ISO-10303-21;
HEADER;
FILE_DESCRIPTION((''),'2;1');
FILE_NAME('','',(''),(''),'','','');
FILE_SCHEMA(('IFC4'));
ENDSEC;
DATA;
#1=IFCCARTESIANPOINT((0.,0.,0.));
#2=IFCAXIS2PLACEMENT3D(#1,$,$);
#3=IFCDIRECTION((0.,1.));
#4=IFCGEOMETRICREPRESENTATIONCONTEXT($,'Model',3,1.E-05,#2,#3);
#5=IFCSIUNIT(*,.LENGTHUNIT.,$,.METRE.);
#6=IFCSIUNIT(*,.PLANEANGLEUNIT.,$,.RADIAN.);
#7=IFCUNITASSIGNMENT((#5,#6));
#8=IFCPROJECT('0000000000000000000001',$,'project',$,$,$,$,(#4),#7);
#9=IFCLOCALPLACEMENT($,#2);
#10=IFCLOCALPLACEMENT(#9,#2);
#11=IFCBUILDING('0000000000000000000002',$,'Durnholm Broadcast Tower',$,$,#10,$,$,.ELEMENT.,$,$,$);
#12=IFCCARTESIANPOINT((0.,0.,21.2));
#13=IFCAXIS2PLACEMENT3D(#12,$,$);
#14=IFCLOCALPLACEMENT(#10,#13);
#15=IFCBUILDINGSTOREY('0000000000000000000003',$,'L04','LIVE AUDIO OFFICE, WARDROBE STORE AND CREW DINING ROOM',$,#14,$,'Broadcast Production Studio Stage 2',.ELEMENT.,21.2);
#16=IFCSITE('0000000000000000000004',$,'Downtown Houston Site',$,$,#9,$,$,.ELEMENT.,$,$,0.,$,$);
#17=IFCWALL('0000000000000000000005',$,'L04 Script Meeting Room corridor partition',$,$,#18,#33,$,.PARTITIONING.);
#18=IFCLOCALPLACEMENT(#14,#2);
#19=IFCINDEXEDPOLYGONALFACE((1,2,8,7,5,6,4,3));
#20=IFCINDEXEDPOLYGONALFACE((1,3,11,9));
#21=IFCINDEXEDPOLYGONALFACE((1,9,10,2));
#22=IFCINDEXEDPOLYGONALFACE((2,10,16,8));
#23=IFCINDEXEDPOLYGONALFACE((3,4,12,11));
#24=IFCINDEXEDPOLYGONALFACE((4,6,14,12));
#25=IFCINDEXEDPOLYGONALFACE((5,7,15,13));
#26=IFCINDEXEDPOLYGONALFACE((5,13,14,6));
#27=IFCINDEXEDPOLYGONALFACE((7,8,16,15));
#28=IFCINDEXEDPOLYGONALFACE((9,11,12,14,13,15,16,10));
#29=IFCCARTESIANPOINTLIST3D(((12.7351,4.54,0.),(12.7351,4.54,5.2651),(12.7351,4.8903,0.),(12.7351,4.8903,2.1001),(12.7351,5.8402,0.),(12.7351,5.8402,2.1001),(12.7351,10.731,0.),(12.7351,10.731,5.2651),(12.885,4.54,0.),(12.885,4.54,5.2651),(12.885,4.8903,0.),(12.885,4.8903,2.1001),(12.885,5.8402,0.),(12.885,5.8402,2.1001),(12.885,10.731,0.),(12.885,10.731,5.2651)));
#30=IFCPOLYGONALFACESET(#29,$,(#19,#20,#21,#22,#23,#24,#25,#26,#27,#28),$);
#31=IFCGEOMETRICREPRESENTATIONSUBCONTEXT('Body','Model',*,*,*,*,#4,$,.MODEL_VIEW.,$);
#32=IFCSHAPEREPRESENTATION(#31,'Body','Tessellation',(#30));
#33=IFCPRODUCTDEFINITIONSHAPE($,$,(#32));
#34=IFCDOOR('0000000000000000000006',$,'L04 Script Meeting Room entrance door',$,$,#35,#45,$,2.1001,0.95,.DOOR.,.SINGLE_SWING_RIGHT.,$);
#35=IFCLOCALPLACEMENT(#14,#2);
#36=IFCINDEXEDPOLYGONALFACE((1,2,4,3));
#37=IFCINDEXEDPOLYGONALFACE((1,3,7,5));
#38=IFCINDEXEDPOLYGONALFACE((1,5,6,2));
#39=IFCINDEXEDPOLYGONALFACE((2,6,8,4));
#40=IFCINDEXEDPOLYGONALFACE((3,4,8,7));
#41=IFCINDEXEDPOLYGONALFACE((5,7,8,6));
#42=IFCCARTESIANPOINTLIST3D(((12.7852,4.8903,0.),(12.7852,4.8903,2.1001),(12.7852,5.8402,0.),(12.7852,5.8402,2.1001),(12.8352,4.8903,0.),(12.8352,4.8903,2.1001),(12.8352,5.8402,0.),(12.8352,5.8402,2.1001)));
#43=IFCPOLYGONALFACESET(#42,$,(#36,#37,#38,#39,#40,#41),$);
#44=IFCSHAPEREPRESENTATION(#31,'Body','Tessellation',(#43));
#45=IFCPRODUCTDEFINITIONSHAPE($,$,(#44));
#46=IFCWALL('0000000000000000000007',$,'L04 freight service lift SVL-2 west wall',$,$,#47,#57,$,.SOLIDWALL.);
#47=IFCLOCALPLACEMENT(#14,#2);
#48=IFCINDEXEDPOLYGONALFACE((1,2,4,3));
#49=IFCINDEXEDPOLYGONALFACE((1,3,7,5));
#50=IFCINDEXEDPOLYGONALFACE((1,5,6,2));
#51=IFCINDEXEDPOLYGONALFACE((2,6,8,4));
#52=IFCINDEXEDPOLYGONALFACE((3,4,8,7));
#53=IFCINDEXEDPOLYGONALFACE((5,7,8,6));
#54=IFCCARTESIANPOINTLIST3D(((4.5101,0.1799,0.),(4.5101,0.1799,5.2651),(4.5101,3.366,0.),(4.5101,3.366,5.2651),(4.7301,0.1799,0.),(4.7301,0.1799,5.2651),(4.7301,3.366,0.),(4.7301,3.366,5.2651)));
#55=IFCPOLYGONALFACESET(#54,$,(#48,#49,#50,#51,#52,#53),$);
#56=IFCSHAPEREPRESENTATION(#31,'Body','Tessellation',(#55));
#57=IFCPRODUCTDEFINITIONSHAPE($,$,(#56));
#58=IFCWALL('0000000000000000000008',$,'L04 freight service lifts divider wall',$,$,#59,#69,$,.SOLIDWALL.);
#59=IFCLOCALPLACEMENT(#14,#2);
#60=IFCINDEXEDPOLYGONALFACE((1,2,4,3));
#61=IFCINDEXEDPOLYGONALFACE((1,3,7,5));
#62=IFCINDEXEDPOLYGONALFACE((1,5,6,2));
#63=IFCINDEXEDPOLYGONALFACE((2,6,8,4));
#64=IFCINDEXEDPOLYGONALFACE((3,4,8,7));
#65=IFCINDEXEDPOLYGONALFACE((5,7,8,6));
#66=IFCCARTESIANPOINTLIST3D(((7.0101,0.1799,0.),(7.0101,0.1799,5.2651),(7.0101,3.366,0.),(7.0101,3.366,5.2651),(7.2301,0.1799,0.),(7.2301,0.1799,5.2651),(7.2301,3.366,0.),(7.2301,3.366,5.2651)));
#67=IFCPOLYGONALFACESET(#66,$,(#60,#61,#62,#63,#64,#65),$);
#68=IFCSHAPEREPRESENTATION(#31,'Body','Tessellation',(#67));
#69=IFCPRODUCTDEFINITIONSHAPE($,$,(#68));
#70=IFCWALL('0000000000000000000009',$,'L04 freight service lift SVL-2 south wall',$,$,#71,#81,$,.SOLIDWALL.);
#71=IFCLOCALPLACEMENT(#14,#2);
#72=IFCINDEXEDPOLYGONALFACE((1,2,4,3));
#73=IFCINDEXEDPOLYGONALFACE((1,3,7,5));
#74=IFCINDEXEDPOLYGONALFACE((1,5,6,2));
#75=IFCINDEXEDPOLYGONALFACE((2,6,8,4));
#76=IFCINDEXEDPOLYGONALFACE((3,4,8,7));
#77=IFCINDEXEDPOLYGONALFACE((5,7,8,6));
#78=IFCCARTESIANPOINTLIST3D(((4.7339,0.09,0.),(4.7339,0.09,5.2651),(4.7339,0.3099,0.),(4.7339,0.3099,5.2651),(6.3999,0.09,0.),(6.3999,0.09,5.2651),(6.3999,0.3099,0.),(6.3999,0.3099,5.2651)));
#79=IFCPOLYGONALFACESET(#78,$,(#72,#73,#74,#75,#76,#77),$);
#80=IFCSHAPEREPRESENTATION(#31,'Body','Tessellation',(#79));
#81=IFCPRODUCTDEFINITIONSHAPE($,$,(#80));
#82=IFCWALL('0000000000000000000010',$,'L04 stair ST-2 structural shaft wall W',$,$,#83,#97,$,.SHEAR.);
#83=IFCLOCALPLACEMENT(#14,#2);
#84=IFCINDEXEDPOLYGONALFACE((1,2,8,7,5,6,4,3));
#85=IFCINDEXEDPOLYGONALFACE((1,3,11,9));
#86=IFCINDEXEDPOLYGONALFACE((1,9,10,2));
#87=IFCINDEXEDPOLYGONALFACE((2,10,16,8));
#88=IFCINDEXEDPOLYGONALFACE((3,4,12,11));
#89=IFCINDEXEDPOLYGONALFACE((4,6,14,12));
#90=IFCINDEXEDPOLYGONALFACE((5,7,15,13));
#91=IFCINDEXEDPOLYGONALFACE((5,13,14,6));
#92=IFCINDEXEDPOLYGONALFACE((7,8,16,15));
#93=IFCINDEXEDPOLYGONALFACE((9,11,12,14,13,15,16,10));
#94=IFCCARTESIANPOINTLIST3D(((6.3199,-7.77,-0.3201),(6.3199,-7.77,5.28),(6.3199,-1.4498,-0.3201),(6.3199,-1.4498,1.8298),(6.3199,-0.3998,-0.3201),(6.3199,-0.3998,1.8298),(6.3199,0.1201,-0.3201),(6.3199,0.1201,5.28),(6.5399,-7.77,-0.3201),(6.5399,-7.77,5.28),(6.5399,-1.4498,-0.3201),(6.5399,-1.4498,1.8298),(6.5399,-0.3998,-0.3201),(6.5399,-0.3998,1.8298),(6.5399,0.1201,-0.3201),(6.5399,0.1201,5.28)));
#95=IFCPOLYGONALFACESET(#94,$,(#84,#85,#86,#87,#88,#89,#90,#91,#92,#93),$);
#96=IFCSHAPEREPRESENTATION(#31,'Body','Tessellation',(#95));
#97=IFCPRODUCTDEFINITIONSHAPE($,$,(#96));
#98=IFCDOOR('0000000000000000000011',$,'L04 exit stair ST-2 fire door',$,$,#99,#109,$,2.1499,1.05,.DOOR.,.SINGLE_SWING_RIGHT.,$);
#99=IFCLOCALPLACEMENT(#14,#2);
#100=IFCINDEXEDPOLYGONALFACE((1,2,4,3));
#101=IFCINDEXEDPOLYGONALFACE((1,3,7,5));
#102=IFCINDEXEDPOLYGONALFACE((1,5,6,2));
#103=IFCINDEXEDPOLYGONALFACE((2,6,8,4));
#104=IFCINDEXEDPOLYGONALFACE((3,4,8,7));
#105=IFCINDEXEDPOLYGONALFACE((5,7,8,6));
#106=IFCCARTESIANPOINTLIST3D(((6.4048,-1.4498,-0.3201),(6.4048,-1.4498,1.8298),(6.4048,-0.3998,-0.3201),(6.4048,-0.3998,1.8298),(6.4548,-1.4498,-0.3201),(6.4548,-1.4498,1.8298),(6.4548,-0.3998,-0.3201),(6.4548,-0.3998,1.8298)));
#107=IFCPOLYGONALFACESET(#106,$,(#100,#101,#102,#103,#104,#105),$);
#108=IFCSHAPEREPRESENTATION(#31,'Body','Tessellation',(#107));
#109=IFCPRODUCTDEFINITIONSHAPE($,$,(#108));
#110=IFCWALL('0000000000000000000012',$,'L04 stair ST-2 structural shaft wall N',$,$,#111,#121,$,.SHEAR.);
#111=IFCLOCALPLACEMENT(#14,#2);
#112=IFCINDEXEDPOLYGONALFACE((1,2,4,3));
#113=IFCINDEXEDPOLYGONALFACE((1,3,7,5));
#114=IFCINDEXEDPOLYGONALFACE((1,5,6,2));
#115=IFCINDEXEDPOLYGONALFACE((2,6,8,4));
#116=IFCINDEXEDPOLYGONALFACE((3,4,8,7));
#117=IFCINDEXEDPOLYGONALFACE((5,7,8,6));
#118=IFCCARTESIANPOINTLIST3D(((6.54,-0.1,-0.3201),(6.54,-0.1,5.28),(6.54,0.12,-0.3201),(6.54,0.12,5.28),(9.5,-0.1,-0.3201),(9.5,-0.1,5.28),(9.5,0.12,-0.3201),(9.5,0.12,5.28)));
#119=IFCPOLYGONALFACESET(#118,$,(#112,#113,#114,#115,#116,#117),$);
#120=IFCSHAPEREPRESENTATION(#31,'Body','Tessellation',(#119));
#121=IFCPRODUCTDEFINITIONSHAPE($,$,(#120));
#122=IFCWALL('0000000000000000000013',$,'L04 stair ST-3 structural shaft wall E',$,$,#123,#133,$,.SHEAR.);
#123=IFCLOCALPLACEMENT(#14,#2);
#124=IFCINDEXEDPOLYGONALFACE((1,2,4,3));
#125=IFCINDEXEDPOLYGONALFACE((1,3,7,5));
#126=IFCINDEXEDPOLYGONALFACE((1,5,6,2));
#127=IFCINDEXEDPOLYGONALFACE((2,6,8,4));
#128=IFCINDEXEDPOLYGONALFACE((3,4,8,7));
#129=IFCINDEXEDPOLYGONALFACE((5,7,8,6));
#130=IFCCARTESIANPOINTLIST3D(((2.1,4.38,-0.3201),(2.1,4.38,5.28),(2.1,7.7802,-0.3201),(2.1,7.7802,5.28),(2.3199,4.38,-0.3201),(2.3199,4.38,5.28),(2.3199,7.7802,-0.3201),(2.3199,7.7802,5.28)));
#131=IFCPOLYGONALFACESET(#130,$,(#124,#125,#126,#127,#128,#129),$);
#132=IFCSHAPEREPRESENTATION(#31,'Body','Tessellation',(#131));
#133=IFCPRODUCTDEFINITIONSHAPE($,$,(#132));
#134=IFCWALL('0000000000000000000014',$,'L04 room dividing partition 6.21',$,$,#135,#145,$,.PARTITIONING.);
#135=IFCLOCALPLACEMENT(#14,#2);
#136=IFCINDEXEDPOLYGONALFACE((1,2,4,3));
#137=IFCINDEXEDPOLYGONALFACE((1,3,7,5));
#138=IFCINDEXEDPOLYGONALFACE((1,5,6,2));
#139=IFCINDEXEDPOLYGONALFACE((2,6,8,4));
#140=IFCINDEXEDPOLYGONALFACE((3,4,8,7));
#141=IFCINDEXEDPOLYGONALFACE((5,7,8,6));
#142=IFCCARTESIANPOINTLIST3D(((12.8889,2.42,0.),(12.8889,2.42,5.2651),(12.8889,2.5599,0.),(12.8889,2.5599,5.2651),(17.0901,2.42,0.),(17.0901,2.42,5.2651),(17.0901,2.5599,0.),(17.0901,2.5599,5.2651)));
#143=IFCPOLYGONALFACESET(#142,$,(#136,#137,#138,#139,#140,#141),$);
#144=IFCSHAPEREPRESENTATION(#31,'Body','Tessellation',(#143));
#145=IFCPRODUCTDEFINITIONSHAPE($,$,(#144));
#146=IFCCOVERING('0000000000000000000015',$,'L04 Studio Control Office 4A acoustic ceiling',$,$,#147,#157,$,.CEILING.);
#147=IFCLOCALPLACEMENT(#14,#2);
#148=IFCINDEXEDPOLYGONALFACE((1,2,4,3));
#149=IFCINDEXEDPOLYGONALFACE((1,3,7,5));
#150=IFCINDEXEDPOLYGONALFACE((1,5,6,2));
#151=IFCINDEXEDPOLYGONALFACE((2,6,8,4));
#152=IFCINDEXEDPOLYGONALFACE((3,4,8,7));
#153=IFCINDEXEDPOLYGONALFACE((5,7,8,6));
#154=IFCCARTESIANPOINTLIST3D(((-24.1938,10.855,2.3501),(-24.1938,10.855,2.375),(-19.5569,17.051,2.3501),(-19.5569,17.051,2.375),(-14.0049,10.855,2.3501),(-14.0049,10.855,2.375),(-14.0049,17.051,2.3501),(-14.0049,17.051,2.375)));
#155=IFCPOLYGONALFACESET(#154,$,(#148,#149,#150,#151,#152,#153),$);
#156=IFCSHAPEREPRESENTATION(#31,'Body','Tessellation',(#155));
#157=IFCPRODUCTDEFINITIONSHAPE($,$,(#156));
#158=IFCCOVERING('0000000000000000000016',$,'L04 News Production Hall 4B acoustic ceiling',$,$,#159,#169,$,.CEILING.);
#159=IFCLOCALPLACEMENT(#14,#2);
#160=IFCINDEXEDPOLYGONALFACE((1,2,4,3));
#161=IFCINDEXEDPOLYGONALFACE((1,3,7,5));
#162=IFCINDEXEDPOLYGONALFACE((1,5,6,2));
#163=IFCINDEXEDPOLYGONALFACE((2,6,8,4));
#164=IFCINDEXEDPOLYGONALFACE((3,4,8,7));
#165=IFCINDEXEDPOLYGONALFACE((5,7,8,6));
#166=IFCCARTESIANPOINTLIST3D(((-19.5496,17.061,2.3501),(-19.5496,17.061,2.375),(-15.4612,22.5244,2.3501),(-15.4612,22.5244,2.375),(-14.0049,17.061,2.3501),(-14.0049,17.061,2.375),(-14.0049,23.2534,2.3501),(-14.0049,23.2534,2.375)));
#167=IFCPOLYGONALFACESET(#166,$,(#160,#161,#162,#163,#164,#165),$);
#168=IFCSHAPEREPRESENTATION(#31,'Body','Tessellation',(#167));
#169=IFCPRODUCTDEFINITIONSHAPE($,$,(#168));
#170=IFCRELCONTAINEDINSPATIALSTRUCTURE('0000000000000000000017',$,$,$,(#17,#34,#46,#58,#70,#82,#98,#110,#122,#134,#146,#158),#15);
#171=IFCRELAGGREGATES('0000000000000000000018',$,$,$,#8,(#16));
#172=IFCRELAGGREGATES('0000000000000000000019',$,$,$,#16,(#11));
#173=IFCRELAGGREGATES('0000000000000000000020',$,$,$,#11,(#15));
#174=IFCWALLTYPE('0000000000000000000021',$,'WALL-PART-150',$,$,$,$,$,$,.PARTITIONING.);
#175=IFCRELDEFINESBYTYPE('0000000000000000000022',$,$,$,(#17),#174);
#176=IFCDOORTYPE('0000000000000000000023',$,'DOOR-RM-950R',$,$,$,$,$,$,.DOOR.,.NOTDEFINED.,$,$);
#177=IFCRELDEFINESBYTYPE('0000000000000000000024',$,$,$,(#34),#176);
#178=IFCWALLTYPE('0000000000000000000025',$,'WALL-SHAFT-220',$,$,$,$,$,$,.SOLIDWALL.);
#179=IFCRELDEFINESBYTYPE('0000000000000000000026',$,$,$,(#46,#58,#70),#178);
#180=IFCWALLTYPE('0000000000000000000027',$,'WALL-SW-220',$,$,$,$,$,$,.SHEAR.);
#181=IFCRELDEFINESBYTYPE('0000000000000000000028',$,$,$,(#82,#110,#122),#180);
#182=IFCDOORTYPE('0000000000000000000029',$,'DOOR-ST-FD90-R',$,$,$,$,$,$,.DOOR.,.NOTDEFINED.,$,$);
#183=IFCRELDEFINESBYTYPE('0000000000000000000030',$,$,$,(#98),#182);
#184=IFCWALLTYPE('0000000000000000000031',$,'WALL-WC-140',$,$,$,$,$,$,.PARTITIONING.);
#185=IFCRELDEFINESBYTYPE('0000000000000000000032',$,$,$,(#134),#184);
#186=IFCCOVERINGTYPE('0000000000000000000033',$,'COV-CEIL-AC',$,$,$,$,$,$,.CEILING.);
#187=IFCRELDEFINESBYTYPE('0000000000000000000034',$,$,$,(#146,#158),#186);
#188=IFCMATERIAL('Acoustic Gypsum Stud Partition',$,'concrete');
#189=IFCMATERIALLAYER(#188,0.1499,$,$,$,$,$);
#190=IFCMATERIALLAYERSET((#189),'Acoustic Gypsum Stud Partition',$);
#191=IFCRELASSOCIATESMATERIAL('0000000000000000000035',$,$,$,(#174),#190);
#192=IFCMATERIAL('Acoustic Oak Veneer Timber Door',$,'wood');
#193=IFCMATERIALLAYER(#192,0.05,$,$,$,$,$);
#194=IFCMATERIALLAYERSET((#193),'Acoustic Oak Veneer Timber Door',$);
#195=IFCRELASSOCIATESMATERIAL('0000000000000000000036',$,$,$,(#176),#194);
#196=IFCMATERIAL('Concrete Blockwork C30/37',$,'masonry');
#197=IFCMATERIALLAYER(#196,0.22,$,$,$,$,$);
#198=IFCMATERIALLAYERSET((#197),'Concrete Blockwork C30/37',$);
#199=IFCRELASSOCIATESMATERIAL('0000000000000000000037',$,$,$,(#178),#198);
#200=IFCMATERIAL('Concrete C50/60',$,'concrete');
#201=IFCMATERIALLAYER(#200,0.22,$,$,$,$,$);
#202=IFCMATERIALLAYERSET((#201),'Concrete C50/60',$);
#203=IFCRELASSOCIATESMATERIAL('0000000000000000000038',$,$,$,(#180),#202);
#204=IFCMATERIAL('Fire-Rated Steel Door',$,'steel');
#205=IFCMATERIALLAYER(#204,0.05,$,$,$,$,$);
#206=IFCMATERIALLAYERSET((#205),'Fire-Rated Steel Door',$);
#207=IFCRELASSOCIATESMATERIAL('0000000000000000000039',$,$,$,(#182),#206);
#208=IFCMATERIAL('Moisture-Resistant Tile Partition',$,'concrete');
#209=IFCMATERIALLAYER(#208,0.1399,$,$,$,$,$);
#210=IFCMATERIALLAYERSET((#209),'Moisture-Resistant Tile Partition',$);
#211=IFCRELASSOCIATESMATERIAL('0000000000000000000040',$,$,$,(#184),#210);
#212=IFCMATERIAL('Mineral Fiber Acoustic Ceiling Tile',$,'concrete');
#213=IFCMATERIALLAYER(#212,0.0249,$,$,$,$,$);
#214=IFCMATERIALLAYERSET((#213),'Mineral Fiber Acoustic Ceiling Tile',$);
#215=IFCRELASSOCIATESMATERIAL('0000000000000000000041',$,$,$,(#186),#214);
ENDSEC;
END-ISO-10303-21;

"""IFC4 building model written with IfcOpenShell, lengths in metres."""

from ifc_helpers import new_model, si_unit, direction, frame, frame_2d, origin, place, context, subcontext, project, spatial, polyline, rectangle, outline, extrude, source, transform, mapped, material, layer, layer_set, type_object, type_shapes, element, fill, save


model = new_model("IFC4")

# Units and contexts
model_context = context("Model", 3, precision=1e-05, world=origin(), true_north=direction((0.0, 1.0)))
body_context = subcontext(model_context, "Body", "Model", "MODEL_VIEW")
ifc_project = project(units=[si_unit("LENGTHUNIT", "METRE"), si_unit("PLANEANGLEUNIT", "RADIAN")], contexts=[model_context])

# Site, building, storey
site_placement = place(None, origin())
site = spatial("IfcSite", under=ifc_project, at=site_placement, Name="Downtown Houston Site", CompositionType="ELEMENT", RefElevation=0.0)
building_placement = place(site_placement, origin())
building = spatial("IfcBuilding", under=site, at=building_placement, Name="Durnholm Broadcast Tower", CompositionType="ELEMENT")
storey_placement = place(building_placement, frame((0.0, 0.0, 21.2)))
storey = spatial("IfcBuildingStorey", under=building, at=storey_placement, Name="L04", Description="LIVE AUDIO OFFICE, WARDROBE STORE AND CREW DINING ROOM", LongName="Broadcast Production Studio Stage 2", CompositionType="ELEMENT", Elevation=21.2)

# Shared definitions
ifc_material_1 = material(Name="Acoustic Gypsum Stud Partition", Category="concrete")
ifc_layer_1 = layer(ifc_material_1, 0.1499)
ifc_layer_set_1 = layer_set([ifc_layer_1], Name="Acoustic Gypsum Stud Partition")
wall_type_1 = type_object("IfcWallType", Name="WALL-PART-150", PredefinedType="PARTITIONING", material=ifc_layer_set_1)

# Wall, opening, door
wall_1_placement = place(storey_placement, frame((12.8101, 4.54, 0.0), z_axis=(0.0, 0.0, 1.0), x_axis=(0.0, 1.0, 0.0)))
wall_1 = element("IfcWall", 1, at=wall_1_placement, inside=storey, type_object=wall_type_1, Name="L04 Script Meeting Room corridor partition", PredefinedType="PARTITIONING", context=body_context, shape_type="SweptSolid", body=[
    extrude(rectangle(XDim=6.1909, YDim=0.1499, at=frame_2d((3.0955, 0.0))), origin(), (0.0, 0.0, 1.0), 5.2651),
])
opening_1_placement = place(wall_1_placement, frame((0.3501, 0.0, 0.0)))
opening_1 = element("IfcOpeningElement", 2, at=opening_1_placement, cuts=wall_1, PredefinedType="OPENING", context=body_context, shape_type="SweptSolid", body=[
    extrude(rectangle(XDim=0.95, YDim=2.1001, at=frame_2d((0.4751, 1.05))), frame((0.0, 0.085, 0.0), z_axis=(0.0, -1.0, 0.0), x_axis=(1.0, 0.0, 0.0)), (0.0, 0.0, 1.0), 0.1699),
])
ifc_material_2 = material(Name="Acoustic Oak Veneer Timber Door", Category="wood")
ifc_layer_2 = layer(ifc_material_2, 0.05)
ifc_layer_set_2 = layer_set([ifc_layer_2], Name="Acoustic Oak Veneer Timber Door")
door_type_1 = type_object("IfcDoorType", Name="DOOR-RM-950R", OperationType="NOTDEFINED", PredefinedType="DOOR", material=ifc_layer_set_2)
shared_shape_1 = source(origin(), body_context, "Body", "SweptSolid", [
    extrude(rectangle(XDim=0.95, YDim=2.1001, at=frame_2d((0.4751, 1.05))), frame((0.0, 0.0249, 0.0), z_axis=(0.0, -1.0, 0.0), x_axis=(1.0, 0.0, 0.0)), (0.0, 0.0, 1.0), 0.05),
])
type_shapes(door_type_1, [shared_shape_1])
door_1_placement = place(opening_1_placement, origin())
door_1 = element("IfcDoor", 3, at=door_1_placement, inside=storey, type_object=door_type_1, Name="L04 Script Meeting Room entrance door", OperationType="SINGLE_SWING_RIGHT", OverallHeight=2.1001, OverallWidth=0.95, PredefinedType="DOOR", context=body_context, shape_type="MappedRepresentation", body=[
    mapped(shared_shape_1, transform((0.0, 0.0, 0.0), x_axis=(1.0, 0.0, 0.0), y_axis=(0.0, 1.0, 0.0), z_axis=(0.0, 0.0, 1.0), scale=1.0)),
])
fill(opening_1, door_1)

# Shared definitions
ifc_material_3 = material(Name="Concrete Blockwork C30/37", Category="masonry")
ifc_layer_3 = layer(ifc_material_3, 0.22)
ifc_layer_set_3 = layer_set([ifc_layer_3], Name="Concrete Blockwork C30/37")
wall_type_2 = type_object("IfcWallType", Name="WALL-SHAFT-220", PredefinedType="SOLIDWALL", material=ifc_layer_set_3)

# Walls
for number, where, z_axis, x_axis, name in (
    (4, (4.6201, 0.1799, 0.0), (0.0, 0.0, 1.0), (0.0, 1.0, 0.0), "L04 freight service lift SVL-2 west wall"),
    (5, (7.1201, 0.1799, 0.0), (0.0, 0.0, 1.0), (0.0, 1.0, 0.0), "L04 freight service lifts divider wall"),
):
    element("IfcWall", number, at=place(storey_placement, frame(where, z_axis=z_axis, x_axis=x_axis)), inside=storey, type_object=wall_type_2, Name=name, PredefinedType="SOLIDWALL", context=body_context, shape_type="SweptSolid", body=[
        extrude(rectangle(XDim=3.186, YDim=0.22, at=frame_2d((1.593, 0.0))), origin(), (0.0, 0.0, 1.0), 5.2651),
    ])
wall_2_placement = place(storey_placement, frame((4.7339, 0.2, 0.0), z_axis=(0.0, 0.0, 1.0), x_axis=(1.0, 0.0, 0.0)))
element("IfcWall", 6, at=wall_2_placement, inside=storey, type_object=wall_type_2, Name="L04 freight service lift SVL-2 south wall", PredefinedType="SOLIDWALL", context=body_context, shape_type="SweptSolid", body=[
    extrude(rectangle(XDim=1.666, YDim=0.22, at=frame_2d((0.833, 0.0))), origin(), (0.0, 0.0, 1.0), 5.2651),
])

# Wall, opening, door
ifc_material_4 = material(Name="Concrete C50/60", Category="concrete")
ifc_layer_4 = layer(ifc_material_4, 0.22)
ifc_layer_set_4 = layer_set([ifc_layer_4], Name="Concrete C50/60")
wall_type_3 = type_object("IfcWallType", Name="WALL-SW-220", PredefinedType="SHEAR", material=ifc_layer_set_4)
wall_3_placement = place(storey_placement, frame((6.4299, 0.1201, -0.3201), z_axis=(0.0, 0.0, 1.0), x_axis=(0.0, -1.0, 0.0)))
wall_3 = element("IfcWall", 7, at=wall_3_placement, inside=storey, type_object=wall_type_3, Name="L04 stair ST-2 structural shaft wall W", PredefinedType="SHEAR", context=body_context, shape_type="SweptSolid", body=[
    extrude(rectangle(XDim=7.8901, YDim=0.22, at=frame_2d((3.9451, 0.0))), origin(), (0.0, 0.0, 1.0), 5.6001),
])
opening_2_placement = place(wall_3_placement, frame((0.52, 0.0, 0.0)))
opening_2 = element("IfcOpeningElement", 8, at=opening_2_placement, cuts=wall_3, PredefinedType="OPENING", context=body_context, shape_type="SweptSolid", body=[
    extrude(rectangle(XDim=1.05, YDim=2.1499, at=frame_2d((0.5249, 1.075))), frame((0.0, 0.1201, 0.0), z_axis=(0.0, -1.0, 0.0), x_axis=(1.0, 0.0, 0.0)), (0.0, 0.0, 1.0), 0.24),
])
ifc_material_5 = material(Name="Fire-Rated Steel Door", Category="steel")
ifc_layer_5 = layer(ifc_material_5, 0.05)
ifc_layer_set_5 = layer_set([ifc_layer_5], Name="Fire-Rated Steel Door")
door_type_2 = type_object("IfcDoorType", Name="DOOR-ST-FD90-R", OperationType="NOTDEFINED", PredefinedType="DOOR", material=ifc_layer_set_5)
shared_shape_2 = source(origin(), body_context, "Body", "SweptSolid", [
    extrude(rectangle(XDim=1.05, YDim=2.1499, at=frame_2d((0.5249, 1.075))), frame((0.0, 0.0249, 0.0), z_axis=(0.0, -1.0, 0.0), x_axis=(1.0, 0.0, 0.0)), (0.0, 0.0, 1.0), 0.05),
])
type_shapes(door_type_2, [shared_shape_2])
door_2_placement = place(opening_2_placement, origin())
door_2 = element("IfcDoor", 9, at=door_2_placement, inside=storey, type_object=door_type_2, Name="L04 exit stair ST-2 fire door", OperationType="SINGLE_SWING_RIGHT", OverallHeight=2.1499, OverallWidth=1.05, PredefinedType="DOOR", context=body_context, shape_type="MappedRepresentation", body=[
    mapped(shared_shape_2, transform((0.0, 0.0, 0.0), x_axis=(1.0, 0.0, 0.0), y_axis=(0.0, 1.0, 0.0), z_axis=(0.0, 0.0, 1.0), scale=1.0)),
])
fill(opening_2, door_2)

# Walls
wall_4_placement = place(storey_placement, frame((9.5, 0.01, -0.3201), z_axis=(0.0, 0.0, 1.0), x_axis=(-1.0, 0.0, 0.0)))
element("IfcWall", 10, at=wall_4_placement, inside=storey, type_object=wall_type_3, Name="L04 stair ST-2 structural shaft wall N", PredefinedType="SHEAR", context=body_context, shape_type="SweptSolid", body=[
    extrude(rectangle(XDim=2.96, YDim=0.22, at=frame_2d((1.48, 0.0))), origin(), (0.0, 0.0, 1.0), 5.6001),
])
wall_5_placement = place(storey_placement, frame((2.21, 4.3799, -0.3201), z_axis=(0.0, 0.0, 1.0), x_axis=(0.0, 1.0, 0.0)))
element("IfcWall", 11, at=wall_5_placement, inside=storey, type_object=wall_type_3, Name="L04 stair ST-3 structural shaft wall E", PredefinedType="SHEAR", context=body_context, shape_type="SweptSolid", body=[
    extrude(rectangle(XDim=3.4001, YDim=0.22, at=frame_2d((1.7002, 0.0))), origin(), (0.0, 0.0, 1.0), 5.6001),
])
ifc_material_6 = material(Name="Moisture-Resistant Tile Partition", Category="concrete")
ifc_layer_6 = layer(ifc_material_6, 0.1399)
ifc_layer_set_6 = layer_set([ifc_layer_6], Name="Moisture-Resistant Tile Partition")
wall_type_4 = type_object("IfcWallType", Name="WALL-WC-140", PredefinedType="PARTITIONING", material=ifc_layer_set_6)
wall_6_placement = place(storey_placement, frame((12.8889, 2.49, 0.0), z_axis=(0.0, 0.0, 1.0), x_axis=(1.0, 0.0, 0.0)))
element("IfcWall", 12, at=wall_6_placement, inside=storey, type_object=wall_type_4, Name="L04 room dividing partition 6.21", PredefinedType="PARTITIONING", context=body_context, shape_type="SweptSolid", body=[
    extrude(rectangle(XDim=4.2012, YDim=0.1399, at=frame_2d((2.1006, 0.0))), origin(), (0.0, 0.0, 1.0), 5.2651),
])

# Coverings
ifc_material_7 = material(Name="Mineral Fiber Acoustic Ceiling Tile", Category="concrete")
ifc_layer_7 = layer(ifc_material_7, 0.0249)
ifc_layer_set_7 = layer_set([ifc_layer_7], Name="Mineral Fiber Acoustic Ceiling Tile")
covering_type_1 = type_object("IfcCoveringType", Name="COV-CEIL-AC", PredefinedType="CEILING", material=ifc_layer_set_7)
covering_1_placement = place(storey_placement, frame((0.0, 0.0, 2.3501)))
element("IfcCovering", 13, at=covering_1_placement, inside=storey, type_object=covering_type_1, Name="L04 Studio Control Office 4A acoustic ceiling", PredefinedType="CEILING", context=body_context, shape_type="SweptSolid", body=[
    extrude(outline(polyline([(-24.1938, 10.855), (-14.0049, 10.855), (-14.0049, 17.051), (-19.5569, 17.051), (-24.1938, 10.855)])), origin(), (0.0, 0.0, 1.0), 0.0249),
])
covering_2_placement = place(storey_placement, frame((0.0, 0.0, 2.3501)))
element("IfcCovering", 14, at=covering_2_placement, inside=storey, type_object=covering_type_1, Name="L04 News Production Hall 4B acoustic ceiling", PredefinedType="CEILING", context=body_context, shape_type="SweptSolid", body=[
    extrude(outline(polyline([(-14.0049, 17.061), (-14.0049, 23.2534), (-15.4612, 22.5244), (-19.5496, 17.061), (-14.0049, 17.061)])), origin(), (0.0, 0.0, 1.0), 0.0249),
])

save(model, "model.ifc")
